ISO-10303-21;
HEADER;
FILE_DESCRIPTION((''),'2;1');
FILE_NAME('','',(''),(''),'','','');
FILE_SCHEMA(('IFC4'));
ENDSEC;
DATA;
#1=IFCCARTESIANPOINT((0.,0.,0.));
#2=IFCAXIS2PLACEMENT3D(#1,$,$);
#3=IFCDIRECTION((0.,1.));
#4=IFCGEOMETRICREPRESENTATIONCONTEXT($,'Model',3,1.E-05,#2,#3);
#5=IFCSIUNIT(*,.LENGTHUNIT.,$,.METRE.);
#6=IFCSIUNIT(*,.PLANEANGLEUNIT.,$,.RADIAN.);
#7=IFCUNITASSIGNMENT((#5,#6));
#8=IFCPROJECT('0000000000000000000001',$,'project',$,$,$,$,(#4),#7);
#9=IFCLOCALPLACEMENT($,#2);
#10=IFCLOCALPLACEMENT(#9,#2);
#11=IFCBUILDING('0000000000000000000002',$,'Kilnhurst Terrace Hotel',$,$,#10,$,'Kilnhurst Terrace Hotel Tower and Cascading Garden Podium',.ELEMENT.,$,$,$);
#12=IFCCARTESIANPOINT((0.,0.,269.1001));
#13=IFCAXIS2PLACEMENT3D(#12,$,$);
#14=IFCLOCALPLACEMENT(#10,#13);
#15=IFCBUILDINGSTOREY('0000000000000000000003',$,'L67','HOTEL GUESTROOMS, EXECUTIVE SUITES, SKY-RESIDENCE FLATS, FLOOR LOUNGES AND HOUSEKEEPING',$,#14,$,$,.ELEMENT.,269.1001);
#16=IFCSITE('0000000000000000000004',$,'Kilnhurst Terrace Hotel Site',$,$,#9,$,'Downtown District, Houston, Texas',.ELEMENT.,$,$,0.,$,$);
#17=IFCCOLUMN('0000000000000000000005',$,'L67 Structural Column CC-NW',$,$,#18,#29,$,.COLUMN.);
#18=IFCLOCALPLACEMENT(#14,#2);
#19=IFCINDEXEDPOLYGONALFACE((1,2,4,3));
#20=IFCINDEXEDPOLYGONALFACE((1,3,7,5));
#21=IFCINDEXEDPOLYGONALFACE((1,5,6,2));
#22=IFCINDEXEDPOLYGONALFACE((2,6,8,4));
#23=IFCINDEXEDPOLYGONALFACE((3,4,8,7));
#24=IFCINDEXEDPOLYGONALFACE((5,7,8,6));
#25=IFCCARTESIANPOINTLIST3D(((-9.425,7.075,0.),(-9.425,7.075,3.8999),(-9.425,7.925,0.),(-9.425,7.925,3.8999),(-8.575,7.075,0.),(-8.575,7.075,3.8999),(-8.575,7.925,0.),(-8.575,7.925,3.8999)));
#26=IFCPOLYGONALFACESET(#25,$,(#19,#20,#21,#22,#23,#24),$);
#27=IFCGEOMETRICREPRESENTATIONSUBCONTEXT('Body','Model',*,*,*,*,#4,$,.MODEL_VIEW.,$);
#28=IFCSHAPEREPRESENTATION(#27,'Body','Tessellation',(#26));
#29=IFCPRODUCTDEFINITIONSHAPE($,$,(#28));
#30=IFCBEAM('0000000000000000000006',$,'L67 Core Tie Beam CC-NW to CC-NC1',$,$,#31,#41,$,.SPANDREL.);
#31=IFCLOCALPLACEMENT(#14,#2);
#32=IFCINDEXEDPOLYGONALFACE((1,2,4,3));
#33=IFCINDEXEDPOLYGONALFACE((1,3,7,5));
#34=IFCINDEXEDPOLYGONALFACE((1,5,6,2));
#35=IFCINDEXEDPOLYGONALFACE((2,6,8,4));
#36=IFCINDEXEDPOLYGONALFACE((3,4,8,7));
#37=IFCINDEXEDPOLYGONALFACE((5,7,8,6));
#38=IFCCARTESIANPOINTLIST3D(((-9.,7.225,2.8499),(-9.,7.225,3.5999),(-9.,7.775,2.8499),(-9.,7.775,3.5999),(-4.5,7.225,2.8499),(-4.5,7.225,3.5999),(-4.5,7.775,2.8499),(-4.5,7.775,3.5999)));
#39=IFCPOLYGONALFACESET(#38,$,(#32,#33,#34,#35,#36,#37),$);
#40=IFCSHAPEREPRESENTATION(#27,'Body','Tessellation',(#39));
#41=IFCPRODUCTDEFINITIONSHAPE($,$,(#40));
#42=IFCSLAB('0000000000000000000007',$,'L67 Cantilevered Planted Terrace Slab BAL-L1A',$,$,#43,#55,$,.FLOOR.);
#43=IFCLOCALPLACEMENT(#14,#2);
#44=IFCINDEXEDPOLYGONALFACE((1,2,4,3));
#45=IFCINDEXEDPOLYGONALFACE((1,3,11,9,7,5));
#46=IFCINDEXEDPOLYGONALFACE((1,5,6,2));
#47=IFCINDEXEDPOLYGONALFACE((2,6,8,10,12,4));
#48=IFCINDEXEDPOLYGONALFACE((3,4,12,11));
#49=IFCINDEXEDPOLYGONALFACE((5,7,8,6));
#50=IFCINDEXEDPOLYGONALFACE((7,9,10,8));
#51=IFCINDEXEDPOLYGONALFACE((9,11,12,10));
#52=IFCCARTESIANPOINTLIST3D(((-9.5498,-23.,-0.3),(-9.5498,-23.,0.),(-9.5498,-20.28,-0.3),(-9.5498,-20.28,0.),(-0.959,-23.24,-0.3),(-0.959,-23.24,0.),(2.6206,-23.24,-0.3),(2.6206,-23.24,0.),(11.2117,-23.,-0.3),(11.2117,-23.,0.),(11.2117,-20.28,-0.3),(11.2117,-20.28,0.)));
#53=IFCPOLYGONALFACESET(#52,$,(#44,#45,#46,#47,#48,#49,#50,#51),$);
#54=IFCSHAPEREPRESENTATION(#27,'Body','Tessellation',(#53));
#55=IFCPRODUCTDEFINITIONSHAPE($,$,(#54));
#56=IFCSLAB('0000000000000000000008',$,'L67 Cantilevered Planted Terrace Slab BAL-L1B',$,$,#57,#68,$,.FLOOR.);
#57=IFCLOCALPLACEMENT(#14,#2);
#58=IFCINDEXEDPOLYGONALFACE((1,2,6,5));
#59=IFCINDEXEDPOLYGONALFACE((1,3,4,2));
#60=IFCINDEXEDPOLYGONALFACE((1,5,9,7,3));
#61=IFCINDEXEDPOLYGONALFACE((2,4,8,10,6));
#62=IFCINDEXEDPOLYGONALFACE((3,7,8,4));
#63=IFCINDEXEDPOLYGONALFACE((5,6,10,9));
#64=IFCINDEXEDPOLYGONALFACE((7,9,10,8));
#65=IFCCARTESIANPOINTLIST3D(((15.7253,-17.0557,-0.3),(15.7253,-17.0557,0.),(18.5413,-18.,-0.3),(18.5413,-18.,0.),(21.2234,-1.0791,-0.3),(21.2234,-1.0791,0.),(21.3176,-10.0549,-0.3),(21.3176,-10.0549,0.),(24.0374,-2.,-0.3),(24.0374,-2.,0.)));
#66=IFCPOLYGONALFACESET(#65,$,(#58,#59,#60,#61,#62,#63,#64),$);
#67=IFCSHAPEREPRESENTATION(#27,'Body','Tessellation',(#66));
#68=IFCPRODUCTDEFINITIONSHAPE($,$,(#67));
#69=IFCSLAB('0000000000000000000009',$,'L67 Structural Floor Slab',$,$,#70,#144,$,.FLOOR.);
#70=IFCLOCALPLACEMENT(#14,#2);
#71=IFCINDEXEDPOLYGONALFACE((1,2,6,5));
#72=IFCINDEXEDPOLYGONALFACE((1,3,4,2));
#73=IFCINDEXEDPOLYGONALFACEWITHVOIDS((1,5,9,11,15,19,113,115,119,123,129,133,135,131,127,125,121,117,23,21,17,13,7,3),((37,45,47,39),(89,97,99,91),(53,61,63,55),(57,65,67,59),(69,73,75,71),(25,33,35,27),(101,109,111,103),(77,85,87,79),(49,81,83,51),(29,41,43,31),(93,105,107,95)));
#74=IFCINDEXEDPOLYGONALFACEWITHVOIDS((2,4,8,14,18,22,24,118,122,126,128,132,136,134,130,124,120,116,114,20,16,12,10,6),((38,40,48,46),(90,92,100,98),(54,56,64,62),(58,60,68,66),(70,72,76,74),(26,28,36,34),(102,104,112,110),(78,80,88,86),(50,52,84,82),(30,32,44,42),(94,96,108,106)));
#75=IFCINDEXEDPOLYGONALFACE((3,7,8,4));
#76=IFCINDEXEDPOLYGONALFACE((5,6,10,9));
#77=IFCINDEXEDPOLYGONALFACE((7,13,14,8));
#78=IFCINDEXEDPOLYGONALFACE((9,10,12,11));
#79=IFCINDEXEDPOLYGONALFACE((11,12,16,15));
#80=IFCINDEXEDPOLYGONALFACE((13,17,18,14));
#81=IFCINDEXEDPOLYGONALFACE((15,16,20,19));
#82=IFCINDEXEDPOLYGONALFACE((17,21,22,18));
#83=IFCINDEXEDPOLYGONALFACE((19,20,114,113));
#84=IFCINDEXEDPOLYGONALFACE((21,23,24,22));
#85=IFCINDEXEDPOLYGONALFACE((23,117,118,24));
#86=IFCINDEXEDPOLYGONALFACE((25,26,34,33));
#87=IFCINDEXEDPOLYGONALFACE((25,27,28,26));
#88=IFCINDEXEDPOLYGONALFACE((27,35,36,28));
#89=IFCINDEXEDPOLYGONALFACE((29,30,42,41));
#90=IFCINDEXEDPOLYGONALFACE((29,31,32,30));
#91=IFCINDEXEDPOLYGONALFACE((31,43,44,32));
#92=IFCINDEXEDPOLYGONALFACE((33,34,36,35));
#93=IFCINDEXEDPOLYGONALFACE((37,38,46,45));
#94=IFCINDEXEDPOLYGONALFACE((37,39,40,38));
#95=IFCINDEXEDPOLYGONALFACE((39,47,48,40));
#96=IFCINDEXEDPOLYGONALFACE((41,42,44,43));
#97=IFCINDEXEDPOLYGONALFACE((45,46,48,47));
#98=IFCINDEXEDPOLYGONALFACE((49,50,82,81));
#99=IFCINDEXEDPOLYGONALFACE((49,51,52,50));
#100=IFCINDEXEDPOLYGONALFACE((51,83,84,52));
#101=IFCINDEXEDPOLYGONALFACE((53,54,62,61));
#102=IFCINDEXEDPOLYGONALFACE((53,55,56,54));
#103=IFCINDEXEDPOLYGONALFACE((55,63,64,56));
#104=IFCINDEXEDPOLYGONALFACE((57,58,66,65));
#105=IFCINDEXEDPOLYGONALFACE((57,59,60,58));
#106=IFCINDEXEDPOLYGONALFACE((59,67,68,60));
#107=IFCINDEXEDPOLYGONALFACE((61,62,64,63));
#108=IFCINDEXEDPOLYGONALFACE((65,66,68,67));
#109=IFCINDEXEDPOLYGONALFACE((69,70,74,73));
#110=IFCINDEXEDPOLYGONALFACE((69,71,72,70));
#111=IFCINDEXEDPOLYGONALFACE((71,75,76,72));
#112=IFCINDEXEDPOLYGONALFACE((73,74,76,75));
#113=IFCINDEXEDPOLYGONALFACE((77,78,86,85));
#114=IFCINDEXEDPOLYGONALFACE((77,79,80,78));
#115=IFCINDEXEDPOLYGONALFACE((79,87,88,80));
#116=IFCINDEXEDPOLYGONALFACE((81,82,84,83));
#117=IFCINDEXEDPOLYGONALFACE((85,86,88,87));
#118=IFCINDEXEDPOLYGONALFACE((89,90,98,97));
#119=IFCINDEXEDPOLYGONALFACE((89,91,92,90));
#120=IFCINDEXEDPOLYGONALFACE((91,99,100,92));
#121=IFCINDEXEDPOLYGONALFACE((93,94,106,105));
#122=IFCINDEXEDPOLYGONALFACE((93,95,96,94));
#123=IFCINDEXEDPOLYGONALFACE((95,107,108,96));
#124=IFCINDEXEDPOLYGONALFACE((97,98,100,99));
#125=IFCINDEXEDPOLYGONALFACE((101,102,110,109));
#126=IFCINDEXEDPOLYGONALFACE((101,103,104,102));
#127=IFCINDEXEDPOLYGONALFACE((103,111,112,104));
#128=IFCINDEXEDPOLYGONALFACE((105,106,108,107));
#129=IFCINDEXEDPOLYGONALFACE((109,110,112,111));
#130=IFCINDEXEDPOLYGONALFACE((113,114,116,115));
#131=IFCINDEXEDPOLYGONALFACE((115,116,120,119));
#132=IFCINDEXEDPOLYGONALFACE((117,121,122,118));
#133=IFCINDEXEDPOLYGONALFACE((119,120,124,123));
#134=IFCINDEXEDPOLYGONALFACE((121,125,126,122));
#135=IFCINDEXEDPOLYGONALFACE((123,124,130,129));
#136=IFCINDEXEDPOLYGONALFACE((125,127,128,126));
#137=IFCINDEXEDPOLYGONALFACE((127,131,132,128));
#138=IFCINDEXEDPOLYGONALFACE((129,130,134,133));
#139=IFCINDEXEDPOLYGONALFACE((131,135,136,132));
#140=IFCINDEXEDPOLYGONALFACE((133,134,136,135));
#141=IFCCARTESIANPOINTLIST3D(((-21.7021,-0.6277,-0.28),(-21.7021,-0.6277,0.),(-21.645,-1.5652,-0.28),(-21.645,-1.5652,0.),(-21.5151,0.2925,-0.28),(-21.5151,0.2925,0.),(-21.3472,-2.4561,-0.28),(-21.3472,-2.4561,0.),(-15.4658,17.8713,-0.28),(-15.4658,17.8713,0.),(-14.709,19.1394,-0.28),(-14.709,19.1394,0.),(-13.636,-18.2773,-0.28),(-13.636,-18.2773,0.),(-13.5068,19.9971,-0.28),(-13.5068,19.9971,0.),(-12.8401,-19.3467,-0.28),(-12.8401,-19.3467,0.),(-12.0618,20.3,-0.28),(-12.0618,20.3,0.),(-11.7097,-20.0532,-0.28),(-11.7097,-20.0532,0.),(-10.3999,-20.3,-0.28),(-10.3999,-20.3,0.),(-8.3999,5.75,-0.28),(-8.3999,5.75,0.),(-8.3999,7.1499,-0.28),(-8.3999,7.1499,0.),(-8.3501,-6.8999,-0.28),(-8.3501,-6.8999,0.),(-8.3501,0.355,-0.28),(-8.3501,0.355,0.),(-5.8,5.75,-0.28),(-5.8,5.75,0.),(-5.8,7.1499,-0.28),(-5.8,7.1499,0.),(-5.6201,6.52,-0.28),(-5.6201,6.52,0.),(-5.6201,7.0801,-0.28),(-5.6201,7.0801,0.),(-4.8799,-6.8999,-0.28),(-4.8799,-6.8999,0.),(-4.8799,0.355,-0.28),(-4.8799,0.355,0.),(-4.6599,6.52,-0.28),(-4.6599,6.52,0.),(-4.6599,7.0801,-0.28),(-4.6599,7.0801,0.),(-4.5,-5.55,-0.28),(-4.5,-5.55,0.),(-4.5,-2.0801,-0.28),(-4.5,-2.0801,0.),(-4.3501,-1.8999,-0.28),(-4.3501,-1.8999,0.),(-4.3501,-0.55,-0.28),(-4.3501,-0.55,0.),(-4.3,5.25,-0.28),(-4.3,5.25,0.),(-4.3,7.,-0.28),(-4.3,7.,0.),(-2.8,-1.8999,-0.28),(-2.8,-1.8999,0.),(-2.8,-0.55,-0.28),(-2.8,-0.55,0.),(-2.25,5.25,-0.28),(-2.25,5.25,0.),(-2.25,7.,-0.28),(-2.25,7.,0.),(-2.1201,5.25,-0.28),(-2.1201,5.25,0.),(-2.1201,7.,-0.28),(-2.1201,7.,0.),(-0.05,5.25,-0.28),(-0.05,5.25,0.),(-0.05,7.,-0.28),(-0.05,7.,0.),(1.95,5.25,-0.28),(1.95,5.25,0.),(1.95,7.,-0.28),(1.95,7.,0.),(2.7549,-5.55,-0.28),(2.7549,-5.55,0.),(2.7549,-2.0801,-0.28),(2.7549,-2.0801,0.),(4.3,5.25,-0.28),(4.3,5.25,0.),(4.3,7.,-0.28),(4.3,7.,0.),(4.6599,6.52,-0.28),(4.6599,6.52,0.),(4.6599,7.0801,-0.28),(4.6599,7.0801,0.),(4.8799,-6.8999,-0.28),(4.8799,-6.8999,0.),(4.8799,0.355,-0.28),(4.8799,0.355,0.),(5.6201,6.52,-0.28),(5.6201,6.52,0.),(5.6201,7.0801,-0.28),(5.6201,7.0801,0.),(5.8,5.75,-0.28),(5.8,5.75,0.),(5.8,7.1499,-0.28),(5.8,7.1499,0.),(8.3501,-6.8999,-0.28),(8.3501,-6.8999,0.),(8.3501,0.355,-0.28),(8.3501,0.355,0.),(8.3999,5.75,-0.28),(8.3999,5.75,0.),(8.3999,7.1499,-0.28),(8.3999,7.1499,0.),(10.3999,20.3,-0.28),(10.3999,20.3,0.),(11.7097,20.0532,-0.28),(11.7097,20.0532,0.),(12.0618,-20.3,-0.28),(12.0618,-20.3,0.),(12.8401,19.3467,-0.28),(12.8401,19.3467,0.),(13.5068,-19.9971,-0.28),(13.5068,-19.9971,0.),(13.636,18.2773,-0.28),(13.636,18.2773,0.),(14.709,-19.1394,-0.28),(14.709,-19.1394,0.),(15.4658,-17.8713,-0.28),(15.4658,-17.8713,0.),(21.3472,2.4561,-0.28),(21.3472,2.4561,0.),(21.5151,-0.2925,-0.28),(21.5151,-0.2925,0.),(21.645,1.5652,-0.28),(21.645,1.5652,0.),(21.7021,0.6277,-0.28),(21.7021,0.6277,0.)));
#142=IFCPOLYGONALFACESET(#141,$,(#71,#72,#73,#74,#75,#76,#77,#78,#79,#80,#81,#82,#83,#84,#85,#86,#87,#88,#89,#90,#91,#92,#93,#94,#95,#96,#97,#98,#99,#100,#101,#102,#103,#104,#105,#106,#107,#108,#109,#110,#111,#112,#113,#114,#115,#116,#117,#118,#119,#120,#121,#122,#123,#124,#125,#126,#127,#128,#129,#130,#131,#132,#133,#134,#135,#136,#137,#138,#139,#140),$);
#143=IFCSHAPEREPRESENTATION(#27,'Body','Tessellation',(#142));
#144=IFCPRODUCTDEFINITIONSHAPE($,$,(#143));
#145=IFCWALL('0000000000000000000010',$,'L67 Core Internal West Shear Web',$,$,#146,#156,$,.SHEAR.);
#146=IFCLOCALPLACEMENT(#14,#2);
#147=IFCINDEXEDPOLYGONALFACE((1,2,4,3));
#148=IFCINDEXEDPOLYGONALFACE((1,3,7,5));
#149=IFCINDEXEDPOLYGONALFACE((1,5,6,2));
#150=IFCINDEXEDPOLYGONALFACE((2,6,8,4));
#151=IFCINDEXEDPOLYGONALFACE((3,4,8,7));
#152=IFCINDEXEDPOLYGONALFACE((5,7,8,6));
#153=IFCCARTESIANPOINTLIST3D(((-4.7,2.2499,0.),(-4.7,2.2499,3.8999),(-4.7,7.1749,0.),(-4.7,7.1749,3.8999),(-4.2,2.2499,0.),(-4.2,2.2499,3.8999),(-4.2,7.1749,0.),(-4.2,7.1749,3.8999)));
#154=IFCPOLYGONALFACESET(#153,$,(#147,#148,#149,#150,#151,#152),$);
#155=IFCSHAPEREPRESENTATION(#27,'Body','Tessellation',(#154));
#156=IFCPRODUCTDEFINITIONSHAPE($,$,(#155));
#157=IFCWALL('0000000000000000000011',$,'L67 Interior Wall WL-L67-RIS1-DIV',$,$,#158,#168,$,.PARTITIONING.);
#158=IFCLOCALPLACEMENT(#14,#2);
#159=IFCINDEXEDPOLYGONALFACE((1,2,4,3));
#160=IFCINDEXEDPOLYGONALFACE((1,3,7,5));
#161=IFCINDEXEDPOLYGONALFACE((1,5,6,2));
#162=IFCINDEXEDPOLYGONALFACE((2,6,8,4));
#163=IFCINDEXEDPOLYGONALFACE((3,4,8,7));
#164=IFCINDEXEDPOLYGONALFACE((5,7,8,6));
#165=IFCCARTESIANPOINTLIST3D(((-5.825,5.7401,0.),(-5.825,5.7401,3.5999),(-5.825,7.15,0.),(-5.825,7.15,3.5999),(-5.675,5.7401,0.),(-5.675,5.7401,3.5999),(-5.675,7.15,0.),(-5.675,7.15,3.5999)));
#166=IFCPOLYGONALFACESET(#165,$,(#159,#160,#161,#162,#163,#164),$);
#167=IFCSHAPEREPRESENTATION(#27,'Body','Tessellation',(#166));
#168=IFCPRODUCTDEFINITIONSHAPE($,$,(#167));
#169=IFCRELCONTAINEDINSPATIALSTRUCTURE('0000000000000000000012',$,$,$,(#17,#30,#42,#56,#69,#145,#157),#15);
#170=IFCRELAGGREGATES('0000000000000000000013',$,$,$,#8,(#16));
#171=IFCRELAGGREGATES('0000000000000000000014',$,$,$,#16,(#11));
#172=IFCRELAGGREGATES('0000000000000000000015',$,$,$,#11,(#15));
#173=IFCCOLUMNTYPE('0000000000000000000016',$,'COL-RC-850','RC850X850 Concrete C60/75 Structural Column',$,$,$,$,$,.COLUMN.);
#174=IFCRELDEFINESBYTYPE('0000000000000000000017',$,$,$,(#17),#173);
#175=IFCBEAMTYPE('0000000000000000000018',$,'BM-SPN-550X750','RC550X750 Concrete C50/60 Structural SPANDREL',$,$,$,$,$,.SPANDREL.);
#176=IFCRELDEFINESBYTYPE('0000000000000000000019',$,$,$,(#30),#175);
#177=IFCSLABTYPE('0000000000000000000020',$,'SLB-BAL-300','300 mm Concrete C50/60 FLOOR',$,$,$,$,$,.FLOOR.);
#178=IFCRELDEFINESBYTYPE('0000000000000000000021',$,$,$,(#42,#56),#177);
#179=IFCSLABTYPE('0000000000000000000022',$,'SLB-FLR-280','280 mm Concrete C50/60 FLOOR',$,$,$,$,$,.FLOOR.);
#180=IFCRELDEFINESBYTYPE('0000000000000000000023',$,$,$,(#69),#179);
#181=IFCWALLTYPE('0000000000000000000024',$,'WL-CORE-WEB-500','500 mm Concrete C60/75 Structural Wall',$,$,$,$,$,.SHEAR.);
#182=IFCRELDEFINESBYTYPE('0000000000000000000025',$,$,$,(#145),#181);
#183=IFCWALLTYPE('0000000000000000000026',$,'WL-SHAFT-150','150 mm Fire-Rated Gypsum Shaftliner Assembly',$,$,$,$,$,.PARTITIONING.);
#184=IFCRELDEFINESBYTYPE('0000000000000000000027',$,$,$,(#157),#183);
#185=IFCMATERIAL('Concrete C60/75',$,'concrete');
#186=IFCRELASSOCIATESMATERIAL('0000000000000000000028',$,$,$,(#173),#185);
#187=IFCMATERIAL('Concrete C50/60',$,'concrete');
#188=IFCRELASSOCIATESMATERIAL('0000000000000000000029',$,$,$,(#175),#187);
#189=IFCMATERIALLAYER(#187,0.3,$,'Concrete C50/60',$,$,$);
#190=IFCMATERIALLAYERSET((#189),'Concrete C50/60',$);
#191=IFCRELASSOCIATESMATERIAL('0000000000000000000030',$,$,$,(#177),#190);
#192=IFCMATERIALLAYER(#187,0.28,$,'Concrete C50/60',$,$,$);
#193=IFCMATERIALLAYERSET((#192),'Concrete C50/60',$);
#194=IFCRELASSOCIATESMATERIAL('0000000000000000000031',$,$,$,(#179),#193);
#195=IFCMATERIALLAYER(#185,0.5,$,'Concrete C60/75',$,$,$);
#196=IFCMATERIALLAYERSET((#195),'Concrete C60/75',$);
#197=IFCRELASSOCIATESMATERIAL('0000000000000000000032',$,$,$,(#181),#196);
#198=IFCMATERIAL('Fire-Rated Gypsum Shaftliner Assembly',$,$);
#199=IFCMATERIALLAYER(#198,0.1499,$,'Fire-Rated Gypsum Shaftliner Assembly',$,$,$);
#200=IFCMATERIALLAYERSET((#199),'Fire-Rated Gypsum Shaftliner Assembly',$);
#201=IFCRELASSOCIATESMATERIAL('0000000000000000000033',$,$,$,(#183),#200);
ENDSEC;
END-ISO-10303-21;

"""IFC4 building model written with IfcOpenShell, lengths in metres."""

from ifc_helpers import new_model, si_unit, direction, frame, frame_2d, origin, origin_2d, place, context, subcontext, project, spatial, polyline, rectangle, outline, extrude, material, layer, layer_set, material_profile, profile_set, type_object, element, save


model = new_model("IFC4")

# Units and contexts
model_context = context("Model", 3, precision=1e-05, world=origin(), true_north=direction((0.0, 1.0)))
body_context = subcontext(model_context, "Body", "Model", "MODEL_VIEW")
ifc_project = project(units=[si_unit("LENGTHUNIT", "METRE"), si_unit("PLANEANGLEUNIT", "RADIAN")], contexts=[model_context])

# Site, building, storey
site_placement = place(None, origin())
site = spatial("IfcSite", under=ifc_project, at=site_placement, Name="Kilnhurst Terrace Hotel Site", LongName="Downtown District, Houston, Texas", CompositionType="ELEMENT", RefElevation=0.0)
building_placement = place(site_placement, origin())
building = spatial("IfcBuilding", under=site, at=building_placement, Name="Kilnhurst Terrace Hotel", LongName="Kilnhurst Terrace Hotel Tower and Cascading Garden Podium", CompositionType="ELEMENT")
storey_placement = place(building_placement, frame((0.0, 0.0, 269.1001)))
storey = spatial("IfcBuildingStorey", under=building, at=storey_placement, Name="L67", Description="HOTEL GUESTROOMS, EXECUTIVE SUITES, SKY-RESIDENCE FLATS, FLOOR LOUNGES AND HOUSEKEEPING", CompositionType="ELEMENT", Elevation=269.1001)

# Column
ifc_material_1 = material(Name="Concrete C60/75", Category="concrete")
ifc_material_profile_1 = material_profile(ifc_material_1, rectangle(XDim=0.8501, YDim=0.8501, at=origin_2d()), Name="RC850X850")
ifc_profile_set_1 = profile_set([ifc_material_profile_1], Name="Concrete C60/75")
column_type = type_object("IfcColumnType", Name="COL-RC-850", Description="RC850X850 Concrete C60/75 Structural Column", PredefinedType="COLUMN", material=ifc_profile_set_1)
column_placement = place(storey_placement, frame((-9.0, 7.5, 0.0), z_axis=(0.0, 0.0, 1.0), x_axis=(1.0, 0.0, 0.0)))
element("IfcColumn", 1, at=column_placement, inside=storey, type_object=column_type, Name="L67 Structural Column CC-NW", PredefinedType="COLUMN", context=body_context, shape_type="SweptSolid", body=[
    extrude(rectangle(XDim=0.8501, YDim=0.8501, at=origin_2d()), origin(), (0.0, 0.0, 1.0), 3.8999),
])

# Beam
ifc_material_2 = material(Name="Concrete C50/60", Category="concrete")
ifc_material_profile_2 = material_profile(ifc_material_2, rectangle(XDim=0.55, YDim=0.75, at=origin_2d()), Name="RC550X750")
ifc_profile_set_2 = profile_set([ifc_material_profile_2], Name="Concrete C50/60")
beam_type = type_object("IfcBeamType", Name="BM-SPN-550X750", Description="RC550X750 Concrete C50/60 Structural SPANDREL", PredefinedType="SPANDREL", material=ifc_profile_set_2)
beam_placement = place(storey_placement, frame((-9.0, 7.5, 3.2249), z_axis=(1.0, 0.0, 0.0), x_axis=(0.0, 1.0, 0.0)))
element("IfcBeam", 2, at=beam_placement, inside=storey, type_object=beam_type, Name="L67 Core Tie Beam CC-NW to CC-NC1", PredefinedType="SPANDREL", context=body_context, shape_type="SweptSolid", body=[
    extrude(rectangle(XDim=0.55, YDim=0.75, at=origin_2d()), origin(), (0.0, 0.0, 1.0), 4.5),
])

# Slabs
ifc_layer_1 = layer(ifc_material_2, 0.3, Name="Concrete C50/60")
ifc_layer_set_1 = layer_set([ifc_layer_1], Name="Concrete C50/60")
slab_type_1 = type_object("IfcSlabType", Name="SLB-BAL-300", Description="300 mm Concrete C50/60 FLOOR", PredefinedType="FLOOR", material=ifc_layer_set_1)
slab_1_placement = place(storey_placement, frame((0.0, 0.0, -0.3)))
element("IfcSlab", 3, at=slab_1_placement, inside=storey, type_object=slab_type_1, Name="L67 Cantilevered Planted Terrace Slab BAL-L1A", PredefinedType="FLOOR", context=body_context, shape_type="SweptSolid", body=[
    extrude(outline(polyline([(2.6206, -23.24), (-0.959, -23.24), (-9.5498, -23.0), (-9.5498, -20.28), (11.2117, -20.28), (11.2117, -23.0), (2.6206, -23.24)])), origin(), (0.0, 0.0, 1.0), 0.3),
])
slab_2_placement = place(storey_placement, frame((0.0, 0.0, -0.3)))
element("IfcSlab", 4, at=slab_2_placement, inside=storey, type_object=slab_type_1, Name="L67 Cantilevered Planted Terrace Slab BAL-L1B", PredefinedType="FLOOR", context=body_context, shape_type="SweptSolid", body=[
    extrude(outline(polyline([(18.5413, -18.0), (15.7253, -17.0557), (21.2234, -1.0791), (24.0374, -2.0), (21.3176, -10.0549), (18.5413, -18.0)])), origin(), (0.0, 0.0, 1.0), 0.3),
])
ifc_layer_2 = layer(ifc_material_2, 0.28, Name="Concrete C50/60")
ifc_layer_set_2 = layer_set([ifc_layer_2], Name="Concrete C50/60")
slab_type_2 = type_object("IfcSlabType", Name="SLB-FLR-280", Description="280 mm Concrete C50/60 FLOOR", PredefinedType="FLOOR", material=ifc_layer_set_2)
slab_3_placement = place(storey_placement, frame((0.0, 0.0, -0.28)))
element("IfcSlab", 5, at=slab_3_placement, inside=storey, type_object=slab_type_2, Name="L67 Structural Floor Slab", PredefinedType="FLOOR", context=body_context, shape_type="SweptSolid", body=[
    extrude(outline(polyline([(-13.636, -18.2773), (-12.8401, -19.3467), (-11.7097, -20.0532), (-10.3999, -20.3), (12.0618, -20.3), (13.5068, -19.9971), (14.709, -19.1394), (15.4658, -17.8713), (21.5151, -0.2925), (21.7021, 0.6277), (21.645, 1.5652), (21.3472, 2.4561), (13.636, 18.2773), (12.8401, 19.3467), (11.7097, 20.0532), (10.3999, 20.3), (-12.0618, 20.3), (-13.5068, 19.9971), (-14.709, 19.1394), (-15.4658, 17.8713), (-21.5151, 0.2925), (-21.7021, -0.6277), (-21.645, -1.5652), (-21.3472, -2.4561), (-13.636, -18.2773)]), holes=[polyline([(-8.3501, 0.355), (-4.8799, 0.355), (-4.8799, -6.8999), (-8.3501, -6.8999), (-8.3501, 0.355)]), polyline([(-2.8, -1.8999), (-4.3501, -1.8999), (-4.3501, -0.55), (-2.8, -0.55), (-2.8, -1.8999)]), polyline([(-2.25, 5.25), (-4.3, 5.25), (-4.3, 7.0), (-2.25, 7.0), (-2.25, 5.25)]), polyline([(-2.1201, 5.25), (-2.1201, 7.0), (-0.05, 7.0), (-0.05, 5.25), (-2.1201, 5.25)]), polyline([(-8.3999, 5.75), (-8.3999, 7.1499), (-5.8, 7.1499), (-5.8, 5.75), (-8.3999, 5.75)]), polyline([(-4.6599, 6.52), (-5.6201, 6.52), (-5.6201, 7.0801), (-4.6599, 7.0801), (-4.6599, 6.52)]), polyline([(2.7549, -5.55), (-4.5, -5.55), (-4.5, -2.0801), (2.7549, -2.0801), (2.7549, -5.55)]), polyline([(8.3501, 0.355), (8.3501, -6.8999), (4.8799, -6.8999), (4.8799, 0.355), (8.3501, 0.355)]), polyline([(4.3, 5.25), (1.95, 5.25), (1.95, 7.0), (4.3, 7.0), (4.3, 5.25)]), polyline([(5.8, 5.75), (5.8, 7.1499), (8.3999, 7.1499), (8.3999, 5.75), (5.8, 5.75)]), polyline([(4.6599, 6.52), (4.6599, 7.0801), (5.6201, 7.0801), (5.6201, 6.52), (4.6599, 6.52)])]), origin(), (0.0, 0.0, 1.0), 0.28),
])

# Walls
ifc_layer_3 = layer(ifc_material_1, 0.5, Name="Concrete C60/75")
ifc_layer_set_3 = layer_set([ifc_layer_3], Name="Concrete C60/75")
wall_type_1 = type_object("IfcWallType", Name="WL-CORE-WEB-500", Description="500 mm Concrete C60/75 Structural Wall", PredefinedType="SHEAR", material=ifc_layer_set_3)
wall_1_placement = place(storey_placement, frame((-4.45, 2.25, 0.0), z_axis=(0.0, 0.0, 1.0), x_axis=(0.0, 1.0, 0.0)))
element("IfcWall", 6, at=wall_1_placement, inside=storey, type_object=wall_type_1, Name="L67 Core Internal West Shear Web", PredefinedType="SHEAR", context=body_context, shape_type="SweptSolid", body=[
    extrude(rectangle(XDim=4.925, YDim=0.5, at=frame_2d((2.4624, 0.0))), origin(), (0.0, 0.0, 1.0), 3.8999),
])
ifc_material_3 = material(Name="Fire-Rated Gypsum Shaftliner Assembly")
ifc_layer_4 = layer(ifc_material_3, 0.1499, Name="Fire-Rated Gypsum Shaftliner Assembly")
ifc_layer_set_4 = layer_set([ifc_layer_4], Name="Fire-Rated Gypsum Shaftliner Assembly")
wall_type_2 = type_object("IfcWallType", Name="WL-SHAFT-150", Description="150 mm Fire-Rated Gypsum Shaftliner Assembly", PredefinedType="PARTITIONING", material=ifc_layer_set_4)
wall_2_placement = place(storey_placement, frame((-5.75, 5.74, 0.0), z_axis=(0.0, 0.0, 1.0), x_axis=(0.0, 1.0, 0.0)))
element("IfcWall", 7, at=wall_2_placement, inside=storey, type_object=wall_type_2, Name="L67 Interior Wall WL-L67-RIS1-DIV", PredefinedType="PARTITIONING", context=body_context, shape_type="SweptSolid", body=[
    extrude(rectangle(XDim=1.4099, YDim=0.1499, at=frame_2d((0.7051, 0.0))), origin(), (0.0, 0.0, 1.0), 3.5999),
])

save(model, "model.ifc")
